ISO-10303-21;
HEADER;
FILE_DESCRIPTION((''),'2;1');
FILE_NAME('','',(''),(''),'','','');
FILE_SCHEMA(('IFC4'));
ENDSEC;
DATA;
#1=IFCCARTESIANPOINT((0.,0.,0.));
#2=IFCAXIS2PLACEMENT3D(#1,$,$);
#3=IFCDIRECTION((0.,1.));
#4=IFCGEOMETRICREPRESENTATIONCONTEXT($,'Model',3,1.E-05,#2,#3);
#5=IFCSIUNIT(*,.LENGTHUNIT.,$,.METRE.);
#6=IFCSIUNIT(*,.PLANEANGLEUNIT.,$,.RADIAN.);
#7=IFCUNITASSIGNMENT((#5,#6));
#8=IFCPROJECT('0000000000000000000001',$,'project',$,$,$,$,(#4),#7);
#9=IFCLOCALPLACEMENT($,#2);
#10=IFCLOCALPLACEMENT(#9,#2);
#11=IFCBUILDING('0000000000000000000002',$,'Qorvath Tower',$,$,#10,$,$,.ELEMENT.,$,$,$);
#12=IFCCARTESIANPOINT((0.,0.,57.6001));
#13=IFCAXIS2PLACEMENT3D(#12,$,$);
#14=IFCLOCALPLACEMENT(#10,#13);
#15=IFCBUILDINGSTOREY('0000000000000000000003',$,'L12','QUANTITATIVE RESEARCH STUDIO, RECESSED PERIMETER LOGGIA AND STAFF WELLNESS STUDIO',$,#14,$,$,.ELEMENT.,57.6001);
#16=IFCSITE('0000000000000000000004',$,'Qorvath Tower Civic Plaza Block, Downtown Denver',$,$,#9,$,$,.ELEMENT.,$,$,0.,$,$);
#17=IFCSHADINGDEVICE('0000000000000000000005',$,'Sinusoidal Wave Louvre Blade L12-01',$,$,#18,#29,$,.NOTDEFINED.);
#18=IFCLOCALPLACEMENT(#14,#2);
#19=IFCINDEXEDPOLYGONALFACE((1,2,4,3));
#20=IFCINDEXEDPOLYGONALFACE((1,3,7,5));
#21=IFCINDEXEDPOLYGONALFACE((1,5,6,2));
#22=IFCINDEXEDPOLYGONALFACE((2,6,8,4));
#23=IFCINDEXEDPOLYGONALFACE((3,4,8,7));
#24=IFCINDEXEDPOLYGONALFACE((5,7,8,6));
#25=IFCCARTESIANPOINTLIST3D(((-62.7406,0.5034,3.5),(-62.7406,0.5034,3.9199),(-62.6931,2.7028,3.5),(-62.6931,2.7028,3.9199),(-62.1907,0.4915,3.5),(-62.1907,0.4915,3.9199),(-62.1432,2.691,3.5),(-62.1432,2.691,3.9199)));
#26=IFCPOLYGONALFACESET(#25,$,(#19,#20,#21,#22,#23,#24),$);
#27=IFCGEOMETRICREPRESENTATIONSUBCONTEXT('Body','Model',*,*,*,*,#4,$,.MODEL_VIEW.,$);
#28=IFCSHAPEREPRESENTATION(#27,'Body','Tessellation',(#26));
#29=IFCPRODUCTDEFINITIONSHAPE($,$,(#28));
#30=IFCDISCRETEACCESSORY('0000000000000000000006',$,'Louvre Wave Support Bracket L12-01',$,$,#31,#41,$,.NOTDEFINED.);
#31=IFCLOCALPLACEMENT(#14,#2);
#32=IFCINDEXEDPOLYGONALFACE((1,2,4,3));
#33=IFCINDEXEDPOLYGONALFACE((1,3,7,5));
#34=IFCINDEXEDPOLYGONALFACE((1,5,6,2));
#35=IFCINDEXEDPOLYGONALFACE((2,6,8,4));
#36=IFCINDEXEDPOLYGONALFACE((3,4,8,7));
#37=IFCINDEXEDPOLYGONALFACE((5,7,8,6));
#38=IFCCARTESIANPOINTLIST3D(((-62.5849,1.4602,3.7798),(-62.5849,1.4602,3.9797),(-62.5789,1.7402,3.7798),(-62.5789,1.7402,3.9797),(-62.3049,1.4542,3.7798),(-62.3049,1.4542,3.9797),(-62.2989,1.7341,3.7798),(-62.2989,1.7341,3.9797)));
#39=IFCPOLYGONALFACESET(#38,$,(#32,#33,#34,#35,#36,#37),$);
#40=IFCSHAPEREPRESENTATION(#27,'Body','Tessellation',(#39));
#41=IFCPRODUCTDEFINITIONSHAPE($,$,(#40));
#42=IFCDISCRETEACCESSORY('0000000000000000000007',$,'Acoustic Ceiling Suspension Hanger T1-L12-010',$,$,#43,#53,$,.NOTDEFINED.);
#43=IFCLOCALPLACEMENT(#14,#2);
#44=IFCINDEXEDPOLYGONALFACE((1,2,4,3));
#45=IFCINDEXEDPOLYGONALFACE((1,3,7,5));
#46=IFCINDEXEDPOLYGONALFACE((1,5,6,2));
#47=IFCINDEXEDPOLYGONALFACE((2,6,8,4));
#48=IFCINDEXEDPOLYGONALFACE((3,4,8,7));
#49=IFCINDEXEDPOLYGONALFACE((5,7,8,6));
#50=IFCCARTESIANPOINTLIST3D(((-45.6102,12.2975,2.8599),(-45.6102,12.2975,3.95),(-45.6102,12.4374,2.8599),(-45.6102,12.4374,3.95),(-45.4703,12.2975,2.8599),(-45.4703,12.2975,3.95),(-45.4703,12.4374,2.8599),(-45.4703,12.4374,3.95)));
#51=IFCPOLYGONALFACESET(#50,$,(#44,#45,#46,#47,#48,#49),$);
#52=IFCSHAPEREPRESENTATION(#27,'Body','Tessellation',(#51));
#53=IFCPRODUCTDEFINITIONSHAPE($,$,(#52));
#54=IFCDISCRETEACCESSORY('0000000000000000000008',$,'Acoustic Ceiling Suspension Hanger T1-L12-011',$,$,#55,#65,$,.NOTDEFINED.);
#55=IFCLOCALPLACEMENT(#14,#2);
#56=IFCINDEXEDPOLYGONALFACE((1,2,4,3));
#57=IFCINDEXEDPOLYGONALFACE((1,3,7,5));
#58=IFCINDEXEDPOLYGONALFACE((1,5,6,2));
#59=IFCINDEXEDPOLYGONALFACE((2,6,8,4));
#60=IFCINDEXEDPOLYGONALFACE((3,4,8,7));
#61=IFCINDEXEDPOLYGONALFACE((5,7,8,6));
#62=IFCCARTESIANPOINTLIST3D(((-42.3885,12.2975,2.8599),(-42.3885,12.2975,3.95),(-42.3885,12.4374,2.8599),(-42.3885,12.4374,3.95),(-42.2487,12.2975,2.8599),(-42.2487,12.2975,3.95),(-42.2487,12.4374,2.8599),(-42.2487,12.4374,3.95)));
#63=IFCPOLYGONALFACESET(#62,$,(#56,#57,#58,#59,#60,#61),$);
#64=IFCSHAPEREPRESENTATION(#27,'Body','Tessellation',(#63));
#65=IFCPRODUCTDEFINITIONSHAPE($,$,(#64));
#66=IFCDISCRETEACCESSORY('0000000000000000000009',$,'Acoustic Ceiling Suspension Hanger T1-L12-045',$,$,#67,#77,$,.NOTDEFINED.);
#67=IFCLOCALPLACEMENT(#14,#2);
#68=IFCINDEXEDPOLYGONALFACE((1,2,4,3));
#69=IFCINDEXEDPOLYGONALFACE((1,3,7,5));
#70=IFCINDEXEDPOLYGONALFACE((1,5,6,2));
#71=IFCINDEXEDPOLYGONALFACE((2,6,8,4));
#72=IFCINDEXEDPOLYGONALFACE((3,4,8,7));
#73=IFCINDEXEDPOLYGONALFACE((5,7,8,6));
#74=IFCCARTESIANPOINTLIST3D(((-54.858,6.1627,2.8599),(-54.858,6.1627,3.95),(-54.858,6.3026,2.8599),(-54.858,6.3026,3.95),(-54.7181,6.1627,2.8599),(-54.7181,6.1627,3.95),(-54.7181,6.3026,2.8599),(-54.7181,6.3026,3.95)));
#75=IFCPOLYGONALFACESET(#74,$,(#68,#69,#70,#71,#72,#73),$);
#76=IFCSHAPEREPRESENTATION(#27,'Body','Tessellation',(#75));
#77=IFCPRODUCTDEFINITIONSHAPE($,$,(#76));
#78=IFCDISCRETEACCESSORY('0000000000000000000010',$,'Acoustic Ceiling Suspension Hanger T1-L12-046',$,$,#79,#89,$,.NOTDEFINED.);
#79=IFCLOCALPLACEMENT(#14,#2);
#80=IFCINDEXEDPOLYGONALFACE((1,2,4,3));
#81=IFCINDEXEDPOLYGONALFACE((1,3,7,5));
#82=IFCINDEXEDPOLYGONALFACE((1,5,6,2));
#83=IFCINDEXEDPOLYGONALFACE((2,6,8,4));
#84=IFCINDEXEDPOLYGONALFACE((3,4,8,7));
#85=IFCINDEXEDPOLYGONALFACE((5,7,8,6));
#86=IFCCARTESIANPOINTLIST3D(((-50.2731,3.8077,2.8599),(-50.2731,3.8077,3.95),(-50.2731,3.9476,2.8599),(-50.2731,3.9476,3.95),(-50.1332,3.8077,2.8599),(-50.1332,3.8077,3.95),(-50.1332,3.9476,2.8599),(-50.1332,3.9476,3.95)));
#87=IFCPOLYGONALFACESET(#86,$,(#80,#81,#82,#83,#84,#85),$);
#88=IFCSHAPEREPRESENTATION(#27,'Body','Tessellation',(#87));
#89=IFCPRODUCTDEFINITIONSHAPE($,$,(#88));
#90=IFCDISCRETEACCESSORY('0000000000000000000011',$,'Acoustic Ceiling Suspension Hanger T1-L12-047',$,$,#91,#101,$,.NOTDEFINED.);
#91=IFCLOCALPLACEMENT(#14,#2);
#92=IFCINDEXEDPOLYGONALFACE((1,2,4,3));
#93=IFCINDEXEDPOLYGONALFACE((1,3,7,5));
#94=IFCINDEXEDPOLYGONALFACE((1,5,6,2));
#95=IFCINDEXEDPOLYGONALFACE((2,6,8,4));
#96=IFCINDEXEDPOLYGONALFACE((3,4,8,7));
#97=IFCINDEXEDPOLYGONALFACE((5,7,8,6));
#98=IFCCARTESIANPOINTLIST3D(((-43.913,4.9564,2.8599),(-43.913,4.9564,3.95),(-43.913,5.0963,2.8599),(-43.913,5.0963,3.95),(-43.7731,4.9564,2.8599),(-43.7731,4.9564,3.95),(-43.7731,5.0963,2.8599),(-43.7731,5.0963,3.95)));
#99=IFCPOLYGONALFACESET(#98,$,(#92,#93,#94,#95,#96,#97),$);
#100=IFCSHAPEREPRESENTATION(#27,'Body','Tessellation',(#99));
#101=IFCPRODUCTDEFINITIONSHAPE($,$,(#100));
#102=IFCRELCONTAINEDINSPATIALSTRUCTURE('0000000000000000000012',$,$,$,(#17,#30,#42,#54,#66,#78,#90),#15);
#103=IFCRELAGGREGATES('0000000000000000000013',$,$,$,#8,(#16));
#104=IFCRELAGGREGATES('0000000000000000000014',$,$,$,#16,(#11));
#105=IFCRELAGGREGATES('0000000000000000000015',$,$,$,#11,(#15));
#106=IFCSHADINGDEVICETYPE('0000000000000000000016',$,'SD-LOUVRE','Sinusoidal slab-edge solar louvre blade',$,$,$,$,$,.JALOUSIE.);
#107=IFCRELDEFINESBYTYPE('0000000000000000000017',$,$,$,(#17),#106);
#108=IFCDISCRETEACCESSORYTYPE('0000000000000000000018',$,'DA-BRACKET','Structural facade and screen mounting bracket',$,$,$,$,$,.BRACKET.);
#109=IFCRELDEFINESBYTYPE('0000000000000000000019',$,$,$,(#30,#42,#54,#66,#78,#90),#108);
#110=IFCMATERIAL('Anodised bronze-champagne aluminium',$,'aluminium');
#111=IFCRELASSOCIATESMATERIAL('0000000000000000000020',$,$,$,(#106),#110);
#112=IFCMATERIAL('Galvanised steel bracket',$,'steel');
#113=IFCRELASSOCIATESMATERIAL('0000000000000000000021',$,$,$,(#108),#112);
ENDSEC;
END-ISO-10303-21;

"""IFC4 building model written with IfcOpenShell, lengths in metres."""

from ifc_helpers import new_model, si_unit, direction, frame, origin, origin_2d, place, context, subcontext, project, spatial, rectangle, extrude, material, type_object, element, save


model = new_model("IFC4")

# Units and contexts
model_context = context("Model", 3, precision=1e-05, world=origin(), true_north=direction((0.0, 1.0)))
body_context = subcontext(model_context, "Body", "Model", "MODEL_VIEW")
ifc_project = project(units=[si_unit("LENGTHUNIT", "METRE"), si_unit("PLANEANGLEUNIT", "RADIAN")], contexts=[model_context])

# Site, building, storey
site_placement = place(None, origin())
site = spatial("IfcSite", under=ifc_project, at=site_placement, Name="Qorvath Tower Civic Plaza Block, Downtown Denver", CompositionType="ELEMENT", RefElevation=0.0)
building_placement = place(site_placement, origin())
building = spatial("IfcBuilding", under=site, at=building_placement, Name="Qorvath Tower", CompositionType="ELEMENT")
storey_placement = place(building_placement, frame((0.0, 0.0, 57.6001)))
storey = spatial("IfcBuildingStorey", under=building, at=storey_placement, Name="L12", Description="QUANTITATIVE RESEARCH STUDIO, RECESSED PERIMETER LOGGIA AND STAFF WELLNESS STUDIO", CompositionType="ELEMENT", Elevation=57.6001)

# Shading device
ifc_material_1 = material(Name="Anodised bronze-champagne aluminium", Category="aluminium")
shading_device_type = type_object("IfcShadingDeviceType", Name="SD-LOUVRE", Description="Sinusoidal slab-edge solar louvre blade", PredefinedType="JALOUSIE", material=ifc_material_1)
shading_device_placement = place(storey_placement, frame((-62.4419, 1.5972, 3.5), z_axis=(0.0, 0.0, 1.0), x_axis=(-0.021581, -0.999767, 0.0)))
element("IfcShadingDevice", 1, at=shading_device_placement, inside=storey, type_object=shading_device_type, Name="Sinusoidal Wave Louvre Blade L12-01", PredefinedType="NOTDEFINED", context=body_context, shape_type="SweptSolid", body=[
    extrude(rectangle(XDim=2.2, YDim=0.55, at=origin_2d()), origin(), (0.0, 0.0, 1.0), 0.4199),
])

# Discrete accessories
ifc_material_2 = material(Name="Galvanised steel bracket", Category="steel")
discrete_accessory_type = type_object("IfcDiscreteAccessoryType", Name="DA-BRACKET", Description="Structural facade and screen mounting bracket", PredefinedType="BRACKET", material=ifc_material_2)
discrete_accessory_placement = place(storey_placement, frame((-62.4419, 1.5972, 3.7798), z_axis=(0.0, 0.0, 1.0), x_axis=(-0.021581, -0.999767, 0.0)))
element("IfcDiscreteAccessory", 2, at=discrete_accessory_placement, inside=storey, type_object=discrete_accessory_type, Name="Louvre Wave Support Bracket L12-01", PredefinedType="NOTDEFINED", context=body_context, shape_type="SweptSolid", body=[
    extrude(rectangle(XDim=0.28, YDim=0.28, at=origin_2d()), origin(), (0.0, 0.0, 1.0), 0.2),
])
for number, where, z_axis, x_axis, name in (
    (3, (-45.5403, 12.3674, 2.8599), (0.0, 0.0, 1.0), (1.0, 0.0, 0.0), "Acoustic Ceiling Suspension Hanger T1-L12-010"),
    (4, (-42.3186, 12.3674, 2.8599), (0.0, 0.0, 1.0), (1.0, 0.0, 0.0), "Acoustic Ceiling Suspension Hanger T1-L12-011"),
    (5, (-54.7881, 6.2327, 2.8599), (0.0, 0.0, 1.0), (1.0, 0.0, 0.0), "Acoustic Ceiling Suspension Hanger T1-L12-045"),
    (6, (-50.2031, 3.8777, 2.8599), (0.0, 0.0, 1.0), (1.0, 0.0, 0.0), "Acoustic Ceiling Suspension Hanger T1-L12-046"),
    (7, (-43.843, 5.0264, 2.8599), (0.0, 0.0, 1.0), (1.0, 0.0, 0.0), "Acoustic Ceiling Suspension Hanger T1-L12-047"),
):
    element("IfcDiscreteAccessory", number, at=place(storey_placement, frame(where, z_axis=z_axis, x_axis=x_axis)), inside=storey, type_object=discrete_accessory_type, Name=name, PredefinedType="NOTDEFINED", context=body_context, shape_type="SweptSolid", body=[
        extrude(rectangle(XDim=0.1399, YDim=0.1399, at=origin_2d()), origin(), (0.0, 0.0, 1.0), 1.0901),
    ])

save(model, "model.ifc")
